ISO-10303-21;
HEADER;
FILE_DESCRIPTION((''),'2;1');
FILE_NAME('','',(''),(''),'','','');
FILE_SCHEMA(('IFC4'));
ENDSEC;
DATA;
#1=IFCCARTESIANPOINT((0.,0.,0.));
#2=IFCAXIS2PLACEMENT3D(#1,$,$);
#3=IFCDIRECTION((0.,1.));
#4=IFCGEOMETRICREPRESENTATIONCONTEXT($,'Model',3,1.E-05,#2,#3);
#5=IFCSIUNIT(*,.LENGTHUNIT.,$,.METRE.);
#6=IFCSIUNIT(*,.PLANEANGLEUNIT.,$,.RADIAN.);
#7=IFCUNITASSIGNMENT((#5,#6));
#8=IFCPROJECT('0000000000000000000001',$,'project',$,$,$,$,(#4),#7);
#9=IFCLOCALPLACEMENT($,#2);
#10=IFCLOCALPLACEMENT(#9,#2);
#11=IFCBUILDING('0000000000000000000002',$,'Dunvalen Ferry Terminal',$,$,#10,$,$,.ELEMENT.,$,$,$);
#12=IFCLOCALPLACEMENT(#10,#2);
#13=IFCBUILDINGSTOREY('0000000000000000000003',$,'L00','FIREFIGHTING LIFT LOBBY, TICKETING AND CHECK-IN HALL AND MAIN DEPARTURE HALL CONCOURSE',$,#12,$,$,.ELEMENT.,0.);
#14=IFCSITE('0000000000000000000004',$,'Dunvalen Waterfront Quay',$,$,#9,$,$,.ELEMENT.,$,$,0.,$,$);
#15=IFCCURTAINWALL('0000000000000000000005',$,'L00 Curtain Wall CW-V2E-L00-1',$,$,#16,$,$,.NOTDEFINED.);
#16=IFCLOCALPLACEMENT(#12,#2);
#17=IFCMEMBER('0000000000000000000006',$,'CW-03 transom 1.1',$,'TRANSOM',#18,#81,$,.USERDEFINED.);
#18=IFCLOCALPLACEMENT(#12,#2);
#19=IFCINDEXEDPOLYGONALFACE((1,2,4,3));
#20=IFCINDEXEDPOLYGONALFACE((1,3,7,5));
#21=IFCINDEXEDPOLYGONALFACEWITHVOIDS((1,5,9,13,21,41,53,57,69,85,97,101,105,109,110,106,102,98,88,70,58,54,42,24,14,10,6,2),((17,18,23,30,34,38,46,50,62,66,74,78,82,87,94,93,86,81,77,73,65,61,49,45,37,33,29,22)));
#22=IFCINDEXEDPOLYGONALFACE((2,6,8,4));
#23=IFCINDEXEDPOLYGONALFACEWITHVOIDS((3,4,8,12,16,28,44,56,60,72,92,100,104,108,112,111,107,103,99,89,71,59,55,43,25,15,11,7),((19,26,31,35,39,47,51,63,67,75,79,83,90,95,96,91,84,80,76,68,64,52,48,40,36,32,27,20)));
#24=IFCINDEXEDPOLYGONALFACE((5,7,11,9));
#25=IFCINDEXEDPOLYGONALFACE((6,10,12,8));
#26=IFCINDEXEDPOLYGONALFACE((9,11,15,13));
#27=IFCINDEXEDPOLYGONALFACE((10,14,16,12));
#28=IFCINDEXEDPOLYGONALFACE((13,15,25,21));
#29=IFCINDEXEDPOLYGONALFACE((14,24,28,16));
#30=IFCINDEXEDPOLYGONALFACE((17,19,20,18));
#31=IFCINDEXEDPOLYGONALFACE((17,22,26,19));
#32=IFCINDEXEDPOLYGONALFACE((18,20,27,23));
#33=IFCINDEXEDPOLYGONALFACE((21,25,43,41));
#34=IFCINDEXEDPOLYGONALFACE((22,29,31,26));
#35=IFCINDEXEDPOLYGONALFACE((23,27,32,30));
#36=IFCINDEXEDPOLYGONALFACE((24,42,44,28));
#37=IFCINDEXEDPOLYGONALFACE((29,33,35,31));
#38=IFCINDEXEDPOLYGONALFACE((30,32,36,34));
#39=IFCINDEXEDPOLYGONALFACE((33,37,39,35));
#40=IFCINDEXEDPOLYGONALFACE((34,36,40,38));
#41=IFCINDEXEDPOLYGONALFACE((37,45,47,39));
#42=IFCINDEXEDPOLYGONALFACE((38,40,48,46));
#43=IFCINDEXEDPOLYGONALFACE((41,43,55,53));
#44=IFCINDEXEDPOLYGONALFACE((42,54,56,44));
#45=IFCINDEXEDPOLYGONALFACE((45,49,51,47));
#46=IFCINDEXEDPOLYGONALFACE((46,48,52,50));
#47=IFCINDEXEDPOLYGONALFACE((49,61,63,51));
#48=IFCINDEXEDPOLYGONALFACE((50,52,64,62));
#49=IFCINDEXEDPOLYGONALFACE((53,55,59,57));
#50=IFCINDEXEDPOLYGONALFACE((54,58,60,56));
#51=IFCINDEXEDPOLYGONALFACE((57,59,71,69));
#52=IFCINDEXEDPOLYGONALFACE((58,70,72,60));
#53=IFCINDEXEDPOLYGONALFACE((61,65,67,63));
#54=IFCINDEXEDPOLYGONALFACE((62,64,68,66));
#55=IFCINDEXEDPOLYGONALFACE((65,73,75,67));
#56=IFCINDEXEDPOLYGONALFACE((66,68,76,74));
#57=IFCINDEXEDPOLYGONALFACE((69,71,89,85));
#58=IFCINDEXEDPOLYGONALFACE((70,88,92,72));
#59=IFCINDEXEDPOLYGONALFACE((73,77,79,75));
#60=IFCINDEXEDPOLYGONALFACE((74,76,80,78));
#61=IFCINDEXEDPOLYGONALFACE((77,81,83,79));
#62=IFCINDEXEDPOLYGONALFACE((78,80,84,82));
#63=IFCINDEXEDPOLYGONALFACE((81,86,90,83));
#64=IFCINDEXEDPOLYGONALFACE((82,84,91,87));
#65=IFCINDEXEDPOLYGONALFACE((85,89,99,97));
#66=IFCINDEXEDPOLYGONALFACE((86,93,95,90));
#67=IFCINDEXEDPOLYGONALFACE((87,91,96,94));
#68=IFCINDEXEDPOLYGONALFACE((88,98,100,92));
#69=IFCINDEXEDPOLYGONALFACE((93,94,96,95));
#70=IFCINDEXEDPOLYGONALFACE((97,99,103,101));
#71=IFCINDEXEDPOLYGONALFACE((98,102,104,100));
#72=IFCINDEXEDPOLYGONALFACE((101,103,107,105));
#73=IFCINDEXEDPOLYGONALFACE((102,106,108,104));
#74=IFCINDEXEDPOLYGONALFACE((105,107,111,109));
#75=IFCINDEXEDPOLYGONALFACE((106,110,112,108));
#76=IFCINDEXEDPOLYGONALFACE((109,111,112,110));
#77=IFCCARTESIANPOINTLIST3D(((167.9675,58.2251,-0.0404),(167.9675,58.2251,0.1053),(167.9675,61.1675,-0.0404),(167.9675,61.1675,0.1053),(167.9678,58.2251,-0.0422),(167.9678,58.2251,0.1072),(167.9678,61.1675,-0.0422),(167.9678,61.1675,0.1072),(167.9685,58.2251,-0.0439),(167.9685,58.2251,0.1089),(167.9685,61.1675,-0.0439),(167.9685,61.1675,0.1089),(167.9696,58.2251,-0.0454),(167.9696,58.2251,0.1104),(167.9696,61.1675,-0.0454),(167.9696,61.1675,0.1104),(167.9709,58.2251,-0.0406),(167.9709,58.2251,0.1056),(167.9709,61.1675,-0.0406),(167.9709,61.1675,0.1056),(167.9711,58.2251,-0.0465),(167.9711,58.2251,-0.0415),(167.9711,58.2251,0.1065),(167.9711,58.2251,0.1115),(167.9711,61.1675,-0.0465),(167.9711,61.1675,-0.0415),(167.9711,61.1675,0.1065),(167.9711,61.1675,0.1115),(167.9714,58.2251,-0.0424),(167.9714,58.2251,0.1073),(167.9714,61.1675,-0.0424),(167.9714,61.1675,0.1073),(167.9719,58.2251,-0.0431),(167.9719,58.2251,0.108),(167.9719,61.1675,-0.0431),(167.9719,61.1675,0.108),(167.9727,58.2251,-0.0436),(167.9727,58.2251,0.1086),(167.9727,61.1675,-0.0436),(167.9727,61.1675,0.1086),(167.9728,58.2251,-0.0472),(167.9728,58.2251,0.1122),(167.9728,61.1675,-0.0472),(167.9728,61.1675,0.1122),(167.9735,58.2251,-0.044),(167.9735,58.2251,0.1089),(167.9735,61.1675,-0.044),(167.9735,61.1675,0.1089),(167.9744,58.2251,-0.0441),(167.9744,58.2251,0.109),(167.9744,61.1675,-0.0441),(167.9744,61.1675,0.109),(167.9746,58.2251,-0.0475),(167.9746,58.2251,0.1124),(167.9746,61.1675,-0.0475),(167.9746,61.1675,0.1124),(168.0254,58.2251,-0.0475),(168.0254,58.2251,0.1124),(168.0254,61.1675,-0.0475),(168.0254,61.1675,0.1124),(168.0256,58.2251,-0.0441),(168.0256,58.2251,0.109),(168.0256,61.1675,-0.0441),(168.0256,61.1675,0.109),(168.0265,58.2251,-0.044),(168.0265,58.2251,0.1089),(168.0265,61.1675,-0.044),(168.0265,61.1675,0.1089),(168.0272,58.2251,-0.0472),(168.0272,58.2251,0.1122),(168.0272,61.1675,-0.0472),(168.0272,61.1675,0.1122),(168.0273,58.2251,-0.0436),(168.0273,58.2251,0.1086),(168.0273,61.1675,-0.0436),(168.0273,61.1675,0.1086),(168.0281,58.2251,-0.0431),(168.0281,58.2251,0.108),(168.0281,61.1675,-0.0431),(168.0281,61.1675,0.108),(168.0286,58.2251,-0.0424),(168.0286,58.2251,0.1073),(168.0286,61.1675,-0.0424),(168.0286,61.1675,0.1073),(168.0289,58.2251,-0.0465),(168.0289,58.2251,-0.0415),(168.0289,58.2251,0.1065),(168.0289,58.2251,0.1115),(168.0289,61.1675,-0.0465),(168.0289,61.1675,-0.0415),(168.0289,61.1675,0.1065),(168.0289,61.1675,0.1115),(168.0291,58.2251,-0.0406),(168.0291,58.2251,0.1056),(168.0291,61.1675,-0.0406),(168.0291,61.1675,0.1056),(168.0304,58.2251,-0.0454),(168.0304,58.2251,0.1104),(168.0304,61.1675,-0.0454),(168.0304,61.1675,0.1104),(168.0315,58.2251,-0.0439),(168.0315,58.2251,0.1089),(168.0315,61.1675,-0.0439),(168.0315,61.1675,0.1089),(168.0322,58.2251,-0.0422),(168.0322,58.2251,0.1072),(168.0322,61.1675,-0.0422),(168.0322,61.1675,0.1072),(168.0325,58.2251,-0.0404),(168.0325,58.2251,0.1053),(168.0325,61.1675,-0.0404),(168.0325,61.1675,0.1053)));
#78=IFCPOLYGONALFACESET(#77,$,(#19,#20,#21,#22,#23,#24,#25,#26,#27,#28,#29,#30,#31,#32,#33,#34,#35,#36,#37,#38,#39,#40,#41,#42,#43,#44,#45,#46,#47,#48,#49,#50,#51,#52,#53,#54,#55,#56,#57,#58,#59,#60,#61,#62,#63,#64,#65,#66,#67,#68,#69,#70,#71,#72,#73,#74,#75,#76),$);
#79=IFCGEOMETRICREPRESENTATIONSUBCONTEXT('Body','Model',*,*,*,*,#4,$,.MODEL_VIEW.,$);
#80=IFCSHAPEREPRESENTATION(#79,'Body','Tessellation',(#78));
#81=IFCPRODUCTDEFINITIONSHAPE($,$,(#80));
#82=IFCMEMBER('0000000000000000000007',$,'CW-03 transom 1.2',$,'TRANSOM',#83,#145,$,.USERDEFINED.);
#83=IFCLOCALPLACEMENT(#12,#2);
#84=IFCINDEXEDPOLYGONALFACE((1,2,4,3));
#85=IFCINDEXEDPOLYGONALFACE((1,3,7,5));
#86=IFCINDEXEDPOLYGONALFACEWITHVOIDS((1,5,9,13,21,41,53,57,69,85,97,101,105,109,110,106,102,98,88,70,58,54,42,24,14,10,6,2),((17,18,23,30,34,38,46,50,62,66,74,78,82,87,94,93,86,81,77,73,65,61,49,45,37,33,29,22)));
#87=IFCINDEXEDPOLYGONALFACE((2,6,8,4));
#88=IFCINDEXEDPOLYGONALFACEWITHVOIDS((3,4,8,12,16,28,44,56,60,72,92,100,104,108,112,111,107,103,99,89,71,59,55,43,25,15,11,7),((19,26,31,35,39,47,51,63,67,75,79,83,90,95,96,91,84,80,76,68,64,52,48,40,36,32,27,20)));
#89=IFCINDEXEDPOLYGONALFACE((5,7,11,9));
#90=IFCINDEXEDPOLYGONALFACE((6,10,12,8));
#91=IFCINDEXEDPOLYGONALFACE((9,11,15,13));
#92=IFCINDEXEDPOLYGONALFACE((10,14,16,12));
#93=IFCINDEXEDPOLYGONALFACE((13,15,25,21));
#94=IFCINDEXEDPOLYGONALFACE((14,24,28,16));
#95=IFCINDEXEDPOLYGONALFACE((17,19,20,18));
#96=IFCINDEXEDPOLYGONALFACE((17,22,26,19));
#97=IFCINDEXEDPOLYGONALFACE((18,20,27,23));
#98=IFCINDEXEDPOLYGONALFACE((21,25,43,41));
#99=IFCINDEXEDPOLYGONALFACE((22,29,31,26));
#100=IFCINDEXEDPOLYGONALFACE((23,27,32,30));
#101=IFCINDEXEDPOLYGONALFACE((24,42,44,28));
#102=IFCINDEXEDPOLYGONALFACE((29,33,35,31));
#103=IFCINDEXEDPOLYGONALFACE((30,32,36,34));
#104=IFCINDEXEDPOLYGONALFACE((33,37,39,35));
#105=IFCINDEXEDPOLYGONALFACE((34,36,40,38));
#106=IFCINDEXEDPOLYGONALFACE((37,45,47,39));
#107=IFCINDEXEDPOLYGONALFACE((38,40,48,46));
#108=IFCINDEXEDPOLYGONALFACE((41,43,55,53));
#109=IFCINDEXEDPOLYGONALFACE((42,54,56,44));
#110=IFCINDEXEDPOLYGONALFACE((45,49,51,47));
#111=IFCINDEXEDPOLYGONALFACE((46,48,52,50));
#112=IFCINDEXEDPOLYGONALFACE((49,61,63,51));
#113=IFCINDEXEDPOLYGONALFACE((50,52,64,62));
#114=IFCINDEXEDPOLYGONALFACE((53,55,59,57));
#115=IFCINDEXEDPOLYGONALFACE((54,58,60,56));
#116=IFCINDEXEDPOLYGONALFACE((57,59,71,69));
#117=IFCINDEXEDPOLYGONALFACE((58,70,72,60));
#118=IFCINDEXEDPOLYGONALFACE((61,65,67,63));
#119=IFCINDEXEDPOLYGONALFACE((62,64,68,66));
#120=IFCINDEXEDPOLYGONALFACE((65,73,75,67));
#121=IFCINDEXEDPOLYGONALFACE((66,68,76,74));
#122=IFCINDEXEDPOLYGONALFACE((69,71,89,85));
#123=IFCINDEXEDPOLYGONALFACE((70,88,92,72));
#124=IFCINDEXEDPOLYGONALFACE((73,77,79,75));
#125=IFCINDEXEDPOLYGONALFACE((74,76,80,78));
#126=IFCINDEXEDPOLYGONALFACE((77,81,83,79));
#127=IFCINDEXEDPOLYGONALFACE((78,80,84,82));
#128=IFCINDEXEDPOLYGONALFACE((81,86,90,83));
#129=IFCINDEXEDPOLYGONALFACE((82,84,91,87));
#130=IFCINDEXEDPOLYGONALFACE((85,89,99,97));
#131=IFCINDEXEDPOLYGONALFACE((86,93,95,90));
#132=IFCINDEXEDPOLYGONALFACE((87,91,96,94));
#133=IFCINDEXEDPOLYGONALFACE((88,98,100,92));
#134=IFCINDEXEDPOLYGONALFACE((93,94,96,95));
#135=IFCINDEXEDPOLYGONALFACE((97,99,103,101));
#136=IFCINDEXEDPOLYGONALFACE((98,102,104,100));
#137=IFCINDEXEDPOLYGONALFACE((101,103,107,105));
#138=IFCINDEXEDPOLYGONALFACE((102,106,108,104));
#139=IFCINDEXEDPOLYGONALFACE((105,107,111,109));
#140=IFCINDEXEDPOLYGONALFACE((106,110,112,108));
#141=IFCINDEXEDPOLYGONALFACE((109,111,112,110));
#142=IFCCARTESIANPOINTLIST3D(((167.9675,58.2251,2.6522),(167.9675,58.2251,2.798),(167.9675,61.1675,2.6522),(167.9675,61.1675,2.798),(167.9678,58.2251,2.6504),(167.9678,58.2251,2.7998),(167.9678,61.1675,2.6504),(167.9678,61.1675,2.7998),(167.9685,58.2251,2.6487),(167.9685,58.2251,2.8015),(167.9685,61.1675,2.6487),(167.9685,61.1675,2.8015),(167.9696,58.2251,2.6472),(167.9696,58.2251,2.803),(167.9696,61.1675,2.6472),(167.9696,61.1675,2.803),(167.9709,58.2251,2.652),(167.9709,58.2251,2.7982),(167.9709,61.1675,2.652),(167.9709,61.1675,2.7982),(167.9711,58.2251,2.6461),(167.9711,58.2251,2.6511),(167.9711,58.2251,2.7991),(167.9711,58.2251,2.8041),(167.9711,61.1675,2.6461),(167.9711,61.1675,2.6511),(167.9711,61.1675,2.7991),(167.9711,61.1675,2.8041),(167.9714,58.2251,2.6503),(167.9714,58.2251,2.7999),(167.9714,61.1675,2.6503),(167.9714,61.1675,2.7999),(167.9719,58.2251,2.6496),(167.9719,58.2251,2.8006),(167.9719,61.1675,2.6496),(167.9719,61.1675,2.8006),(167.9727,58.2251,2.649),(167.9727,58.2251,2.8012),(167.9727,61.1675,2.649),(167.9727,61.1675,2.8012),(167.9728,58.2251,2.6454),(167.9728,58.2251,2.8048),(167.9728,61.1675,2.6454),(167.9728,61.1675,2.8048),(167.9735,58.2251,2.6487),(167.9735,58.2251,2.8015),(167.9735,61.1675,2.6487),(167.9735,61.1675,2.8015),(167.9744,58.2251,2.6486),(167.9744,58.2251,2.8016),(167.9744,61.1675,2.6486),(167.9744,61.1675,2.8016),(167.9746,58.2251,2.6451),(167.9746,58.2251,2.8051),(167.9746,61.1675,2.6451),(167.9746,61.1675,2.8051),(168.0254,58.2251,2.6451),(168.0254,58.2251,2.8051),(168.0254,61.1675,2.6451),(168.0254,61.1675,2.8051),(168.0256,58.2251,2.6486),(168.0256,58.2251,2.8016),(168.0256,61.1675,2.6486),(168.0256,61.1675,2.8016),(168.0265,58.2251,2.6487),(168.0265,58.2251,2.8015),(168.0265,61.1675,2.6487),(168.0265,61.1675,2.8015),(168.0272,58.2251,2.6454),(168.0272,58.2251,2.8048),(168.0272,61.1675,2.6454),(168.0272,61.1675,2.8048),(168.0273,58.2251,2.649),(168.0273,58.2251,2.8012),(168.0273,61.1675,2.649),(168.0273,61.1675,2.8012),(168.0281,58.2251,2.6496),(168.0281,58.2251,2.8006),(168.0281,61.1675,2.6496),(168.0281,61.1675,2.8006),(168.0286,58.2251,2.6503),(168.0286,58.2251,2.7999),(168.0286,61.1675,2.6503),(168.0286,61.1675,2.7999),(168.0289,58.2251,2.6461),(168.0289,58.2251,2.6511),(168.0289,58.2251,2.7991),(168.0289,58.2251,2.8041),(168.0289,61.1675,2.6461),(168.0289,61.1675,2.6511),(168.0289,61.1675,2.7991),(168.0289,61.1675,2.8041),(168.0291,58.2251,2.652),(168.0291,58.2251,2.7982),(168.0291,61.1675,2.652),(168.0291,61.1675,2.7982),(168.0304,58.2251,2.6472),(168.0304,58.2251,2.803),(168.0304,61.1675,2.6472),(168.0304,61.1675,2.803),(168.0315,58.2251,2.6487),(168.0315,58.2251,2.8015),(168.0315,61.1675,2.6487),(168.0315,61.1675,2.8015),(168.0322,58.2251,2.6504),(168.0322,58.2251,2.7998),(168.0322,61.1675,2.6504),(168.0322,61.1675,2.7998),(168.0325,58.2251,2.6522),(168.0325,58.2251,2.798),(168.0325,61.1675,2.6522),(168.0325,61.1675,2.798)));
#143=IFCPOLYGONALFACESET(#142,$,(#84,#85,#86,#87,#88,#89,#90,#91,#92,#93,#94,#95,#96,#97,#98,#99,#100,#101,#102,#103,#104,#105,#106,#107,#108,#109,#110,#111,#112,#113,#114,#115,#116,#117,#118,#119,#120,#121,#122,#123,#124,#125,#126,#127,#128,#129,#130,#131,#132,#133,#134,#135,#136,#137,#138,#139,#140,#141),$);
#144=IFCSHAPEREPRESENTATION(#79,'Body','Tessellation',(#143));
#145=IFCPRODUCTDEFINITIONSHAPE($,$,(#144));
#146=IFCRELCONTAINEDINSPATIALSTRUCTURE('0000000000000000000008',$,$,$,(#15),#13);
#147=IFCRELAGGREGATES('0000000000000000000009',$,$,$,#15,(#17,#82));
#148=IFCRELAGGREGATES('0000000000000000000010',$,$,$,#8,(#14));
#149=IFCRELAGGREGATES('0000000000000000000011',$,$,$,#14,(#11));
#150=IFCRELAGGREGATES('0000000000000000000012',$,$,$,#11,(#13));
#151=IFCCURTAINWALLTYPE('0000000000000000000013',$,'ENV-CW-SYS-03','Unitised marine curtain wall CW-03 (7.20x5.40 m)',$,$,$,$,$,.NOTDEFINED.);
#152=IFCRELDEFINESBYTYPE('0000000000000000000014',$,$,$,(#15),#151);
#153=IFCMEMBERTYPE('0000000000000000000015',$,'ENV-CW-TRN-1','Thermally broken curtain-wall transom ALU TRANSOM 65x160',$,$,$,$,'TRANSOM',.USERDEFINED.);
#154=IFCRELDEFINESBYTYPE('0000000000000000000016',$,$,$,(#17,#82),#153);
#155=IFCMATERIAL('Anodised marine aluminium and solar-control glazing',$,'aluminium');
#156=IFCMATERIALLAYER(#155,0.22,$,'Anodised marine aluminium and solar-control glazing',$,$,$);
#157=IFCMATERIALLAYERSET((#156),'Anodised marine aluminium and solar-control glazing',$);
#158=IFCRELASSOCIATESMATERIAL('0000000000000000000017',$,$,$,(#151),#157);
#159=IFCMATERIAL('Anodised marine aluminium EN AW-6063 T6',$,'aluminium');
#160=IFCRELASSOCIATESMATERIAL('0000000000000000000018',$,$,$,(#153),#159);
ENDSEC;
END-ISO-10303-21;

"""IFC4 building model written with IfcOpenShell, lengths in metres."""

from ifc_helpers import new_model, si_unit, direction, frame, origin, origin_2d, place, context, subcontext, project, spatial, hollow_rectangle, extrude, material, layer, layer_set, material_profile, profile_set, type_object, element, aggregate, save


model = new_model("IFC4")

# Units and contexts
model_context = context("Model", 3, precision=1e-05, world=origin(), true_north=direction((0.0, 1.0)))
body_context = subcontext(model_context, "Body", "Model", "MODEL_VIEW")
ifc_project = project(units=[si_unit("LENGTHUNIT", "METRE"), si_unit("PLANEANGLEUNIT", "RADIAN")], contexts=[model_context])

# Site, building, storey
site_placement = place(None, origin())
site = spatial("IfcSite", under=ifc_project, at=site_placement, Name="Dunvalen Waterfront Quay", CompositionType="ELEMENT", RefElevation=0.0)
building_placement = place(site_placement, origin())
building = spatial("IfcBuilding", under=site, at=building_placement, Name="Dunvalen Ferry Terminal", CompositionType="ELEMENT")
storey_placement = place(building_placement, origin())
storey = spatial("IfcBuildingStorey", under=building, at=storey_placement, Name="L00", Description="FIREFIGHTING LIFT LOBBY, TICKETING AND CHECK-IN HALL AND MAIN DEPARTURE HALL CONCOURSE", CompositionType="ELEMENT", Elevation=0.0)

# Curtain wall, members
ifc_material_1 = material(Name="Anodised marine aluminium and solar-control glazing", Category="aluminium")
ifc_layer_1 = layer(ifc_material_1, 0.22, Name="Anodised marine aluminium and solar-control glazing")
ifc_layer_set_1 = layer_set([ifc_layer_1], Name="Anodised marine aluminium and solar-control glazing")
curtain_wall_type = type_object("IfcCurtainWallType", Name="ENV-CW-SYS-03", Description="Unitised marine curtain wall CW-03 (7.20x5.40 m)", PredefinedType="NOTDEFINED", material=ifc_layer_set_1)
curtain_wall_placement = place(storey_placement, origin())
curtain_wall = element("IfcCurtainWall", 1, at=curtain_wall_placement, inside=storey, type_object=curtain_wall_type, Name="L00 Curtain Wall CW-V2E-L00-1", PredefinedType="NOTDEFINED")
ifc_material_2 = material(Name="Anodised marine aluminium EN AW-6063 T6", Category="aluminium")
ifc_material_profile_1 = material_profile(ifc_material_2, hollow_rectangle(XDim=0.0649, YDim=0.1599, WallThickness=0.0034, InnerFilletRadius=0.0034, OuterFilletRadius=0.0071, at=origin_2d()), Name="Anodised marine aluminium EN AW-6063 T6")
ifc_profile_set_1 = profile_set([ifc_material_profile_1], Name="Anodised marine aluminium EN AW-6063 T6")
member_type_1 = type_object("IfcMemberType", Name="ENV-CW-TRN-1", Description="Thermally broken curtain-wall transom ALU TRANSOM 65x160", ElementType="TRANSOM", PredefinedType="USERDEFINED", material=ifc_profile_set_1)
member_1_placement = place(storey_placement, frame((168.0, 58.2251, 0.0325), z_axis=(0.0, 1.0, 0.0), x_axis=(-1.0, 0.0, 0.0)))
member_1 = element("IfcMember", 2, at=member_1_placement, type_object=member_type_1, Name="CW-03 transom 1.1", ObjectType="TRANSOM", PredefinedType="USERDEFINED", context=body_context, shape_type="SweptSolid", body=[
    extrude(hollow_rectangle(XDim=0.0649, YDim=0.1599, WallThickness=0.0034, InnerFilletRadius=0.0034, OuterFilletRadius=0.0071, at=origin_2d()), origin(), (0.0, 0.0, 1.0), 2.9424),
])
member_2_placement = place(storey_placement, frame((168.0, 58.2251, 2.7251), z_axis=(0.0, 1.0, 0.0), x_axis=(-1.0, 0.0, 0.0)))
member_2 = element("IfcMember", 3, at=member_2_placement, type_object=member_type_1, Name="CW-03 transom 1.2", ObjectType="TRANSOM", PredefinedType="USERDEFINED", context=body_context, shape_type="SweptSolid", body=[
    extrude(hollow_rectangle(XDim=0.0649, YDim=0.1599, WallThickness=0.0034, InnerFilletRadius=0.0034, OuterFilletRadius=0.0071, at=origin_2d()), origin(), (0.0, 0.0, 1.0), 2.9424),
])
aggregate(curtain_wall, [member_1, member_2])

save(model, "model.ifc")
